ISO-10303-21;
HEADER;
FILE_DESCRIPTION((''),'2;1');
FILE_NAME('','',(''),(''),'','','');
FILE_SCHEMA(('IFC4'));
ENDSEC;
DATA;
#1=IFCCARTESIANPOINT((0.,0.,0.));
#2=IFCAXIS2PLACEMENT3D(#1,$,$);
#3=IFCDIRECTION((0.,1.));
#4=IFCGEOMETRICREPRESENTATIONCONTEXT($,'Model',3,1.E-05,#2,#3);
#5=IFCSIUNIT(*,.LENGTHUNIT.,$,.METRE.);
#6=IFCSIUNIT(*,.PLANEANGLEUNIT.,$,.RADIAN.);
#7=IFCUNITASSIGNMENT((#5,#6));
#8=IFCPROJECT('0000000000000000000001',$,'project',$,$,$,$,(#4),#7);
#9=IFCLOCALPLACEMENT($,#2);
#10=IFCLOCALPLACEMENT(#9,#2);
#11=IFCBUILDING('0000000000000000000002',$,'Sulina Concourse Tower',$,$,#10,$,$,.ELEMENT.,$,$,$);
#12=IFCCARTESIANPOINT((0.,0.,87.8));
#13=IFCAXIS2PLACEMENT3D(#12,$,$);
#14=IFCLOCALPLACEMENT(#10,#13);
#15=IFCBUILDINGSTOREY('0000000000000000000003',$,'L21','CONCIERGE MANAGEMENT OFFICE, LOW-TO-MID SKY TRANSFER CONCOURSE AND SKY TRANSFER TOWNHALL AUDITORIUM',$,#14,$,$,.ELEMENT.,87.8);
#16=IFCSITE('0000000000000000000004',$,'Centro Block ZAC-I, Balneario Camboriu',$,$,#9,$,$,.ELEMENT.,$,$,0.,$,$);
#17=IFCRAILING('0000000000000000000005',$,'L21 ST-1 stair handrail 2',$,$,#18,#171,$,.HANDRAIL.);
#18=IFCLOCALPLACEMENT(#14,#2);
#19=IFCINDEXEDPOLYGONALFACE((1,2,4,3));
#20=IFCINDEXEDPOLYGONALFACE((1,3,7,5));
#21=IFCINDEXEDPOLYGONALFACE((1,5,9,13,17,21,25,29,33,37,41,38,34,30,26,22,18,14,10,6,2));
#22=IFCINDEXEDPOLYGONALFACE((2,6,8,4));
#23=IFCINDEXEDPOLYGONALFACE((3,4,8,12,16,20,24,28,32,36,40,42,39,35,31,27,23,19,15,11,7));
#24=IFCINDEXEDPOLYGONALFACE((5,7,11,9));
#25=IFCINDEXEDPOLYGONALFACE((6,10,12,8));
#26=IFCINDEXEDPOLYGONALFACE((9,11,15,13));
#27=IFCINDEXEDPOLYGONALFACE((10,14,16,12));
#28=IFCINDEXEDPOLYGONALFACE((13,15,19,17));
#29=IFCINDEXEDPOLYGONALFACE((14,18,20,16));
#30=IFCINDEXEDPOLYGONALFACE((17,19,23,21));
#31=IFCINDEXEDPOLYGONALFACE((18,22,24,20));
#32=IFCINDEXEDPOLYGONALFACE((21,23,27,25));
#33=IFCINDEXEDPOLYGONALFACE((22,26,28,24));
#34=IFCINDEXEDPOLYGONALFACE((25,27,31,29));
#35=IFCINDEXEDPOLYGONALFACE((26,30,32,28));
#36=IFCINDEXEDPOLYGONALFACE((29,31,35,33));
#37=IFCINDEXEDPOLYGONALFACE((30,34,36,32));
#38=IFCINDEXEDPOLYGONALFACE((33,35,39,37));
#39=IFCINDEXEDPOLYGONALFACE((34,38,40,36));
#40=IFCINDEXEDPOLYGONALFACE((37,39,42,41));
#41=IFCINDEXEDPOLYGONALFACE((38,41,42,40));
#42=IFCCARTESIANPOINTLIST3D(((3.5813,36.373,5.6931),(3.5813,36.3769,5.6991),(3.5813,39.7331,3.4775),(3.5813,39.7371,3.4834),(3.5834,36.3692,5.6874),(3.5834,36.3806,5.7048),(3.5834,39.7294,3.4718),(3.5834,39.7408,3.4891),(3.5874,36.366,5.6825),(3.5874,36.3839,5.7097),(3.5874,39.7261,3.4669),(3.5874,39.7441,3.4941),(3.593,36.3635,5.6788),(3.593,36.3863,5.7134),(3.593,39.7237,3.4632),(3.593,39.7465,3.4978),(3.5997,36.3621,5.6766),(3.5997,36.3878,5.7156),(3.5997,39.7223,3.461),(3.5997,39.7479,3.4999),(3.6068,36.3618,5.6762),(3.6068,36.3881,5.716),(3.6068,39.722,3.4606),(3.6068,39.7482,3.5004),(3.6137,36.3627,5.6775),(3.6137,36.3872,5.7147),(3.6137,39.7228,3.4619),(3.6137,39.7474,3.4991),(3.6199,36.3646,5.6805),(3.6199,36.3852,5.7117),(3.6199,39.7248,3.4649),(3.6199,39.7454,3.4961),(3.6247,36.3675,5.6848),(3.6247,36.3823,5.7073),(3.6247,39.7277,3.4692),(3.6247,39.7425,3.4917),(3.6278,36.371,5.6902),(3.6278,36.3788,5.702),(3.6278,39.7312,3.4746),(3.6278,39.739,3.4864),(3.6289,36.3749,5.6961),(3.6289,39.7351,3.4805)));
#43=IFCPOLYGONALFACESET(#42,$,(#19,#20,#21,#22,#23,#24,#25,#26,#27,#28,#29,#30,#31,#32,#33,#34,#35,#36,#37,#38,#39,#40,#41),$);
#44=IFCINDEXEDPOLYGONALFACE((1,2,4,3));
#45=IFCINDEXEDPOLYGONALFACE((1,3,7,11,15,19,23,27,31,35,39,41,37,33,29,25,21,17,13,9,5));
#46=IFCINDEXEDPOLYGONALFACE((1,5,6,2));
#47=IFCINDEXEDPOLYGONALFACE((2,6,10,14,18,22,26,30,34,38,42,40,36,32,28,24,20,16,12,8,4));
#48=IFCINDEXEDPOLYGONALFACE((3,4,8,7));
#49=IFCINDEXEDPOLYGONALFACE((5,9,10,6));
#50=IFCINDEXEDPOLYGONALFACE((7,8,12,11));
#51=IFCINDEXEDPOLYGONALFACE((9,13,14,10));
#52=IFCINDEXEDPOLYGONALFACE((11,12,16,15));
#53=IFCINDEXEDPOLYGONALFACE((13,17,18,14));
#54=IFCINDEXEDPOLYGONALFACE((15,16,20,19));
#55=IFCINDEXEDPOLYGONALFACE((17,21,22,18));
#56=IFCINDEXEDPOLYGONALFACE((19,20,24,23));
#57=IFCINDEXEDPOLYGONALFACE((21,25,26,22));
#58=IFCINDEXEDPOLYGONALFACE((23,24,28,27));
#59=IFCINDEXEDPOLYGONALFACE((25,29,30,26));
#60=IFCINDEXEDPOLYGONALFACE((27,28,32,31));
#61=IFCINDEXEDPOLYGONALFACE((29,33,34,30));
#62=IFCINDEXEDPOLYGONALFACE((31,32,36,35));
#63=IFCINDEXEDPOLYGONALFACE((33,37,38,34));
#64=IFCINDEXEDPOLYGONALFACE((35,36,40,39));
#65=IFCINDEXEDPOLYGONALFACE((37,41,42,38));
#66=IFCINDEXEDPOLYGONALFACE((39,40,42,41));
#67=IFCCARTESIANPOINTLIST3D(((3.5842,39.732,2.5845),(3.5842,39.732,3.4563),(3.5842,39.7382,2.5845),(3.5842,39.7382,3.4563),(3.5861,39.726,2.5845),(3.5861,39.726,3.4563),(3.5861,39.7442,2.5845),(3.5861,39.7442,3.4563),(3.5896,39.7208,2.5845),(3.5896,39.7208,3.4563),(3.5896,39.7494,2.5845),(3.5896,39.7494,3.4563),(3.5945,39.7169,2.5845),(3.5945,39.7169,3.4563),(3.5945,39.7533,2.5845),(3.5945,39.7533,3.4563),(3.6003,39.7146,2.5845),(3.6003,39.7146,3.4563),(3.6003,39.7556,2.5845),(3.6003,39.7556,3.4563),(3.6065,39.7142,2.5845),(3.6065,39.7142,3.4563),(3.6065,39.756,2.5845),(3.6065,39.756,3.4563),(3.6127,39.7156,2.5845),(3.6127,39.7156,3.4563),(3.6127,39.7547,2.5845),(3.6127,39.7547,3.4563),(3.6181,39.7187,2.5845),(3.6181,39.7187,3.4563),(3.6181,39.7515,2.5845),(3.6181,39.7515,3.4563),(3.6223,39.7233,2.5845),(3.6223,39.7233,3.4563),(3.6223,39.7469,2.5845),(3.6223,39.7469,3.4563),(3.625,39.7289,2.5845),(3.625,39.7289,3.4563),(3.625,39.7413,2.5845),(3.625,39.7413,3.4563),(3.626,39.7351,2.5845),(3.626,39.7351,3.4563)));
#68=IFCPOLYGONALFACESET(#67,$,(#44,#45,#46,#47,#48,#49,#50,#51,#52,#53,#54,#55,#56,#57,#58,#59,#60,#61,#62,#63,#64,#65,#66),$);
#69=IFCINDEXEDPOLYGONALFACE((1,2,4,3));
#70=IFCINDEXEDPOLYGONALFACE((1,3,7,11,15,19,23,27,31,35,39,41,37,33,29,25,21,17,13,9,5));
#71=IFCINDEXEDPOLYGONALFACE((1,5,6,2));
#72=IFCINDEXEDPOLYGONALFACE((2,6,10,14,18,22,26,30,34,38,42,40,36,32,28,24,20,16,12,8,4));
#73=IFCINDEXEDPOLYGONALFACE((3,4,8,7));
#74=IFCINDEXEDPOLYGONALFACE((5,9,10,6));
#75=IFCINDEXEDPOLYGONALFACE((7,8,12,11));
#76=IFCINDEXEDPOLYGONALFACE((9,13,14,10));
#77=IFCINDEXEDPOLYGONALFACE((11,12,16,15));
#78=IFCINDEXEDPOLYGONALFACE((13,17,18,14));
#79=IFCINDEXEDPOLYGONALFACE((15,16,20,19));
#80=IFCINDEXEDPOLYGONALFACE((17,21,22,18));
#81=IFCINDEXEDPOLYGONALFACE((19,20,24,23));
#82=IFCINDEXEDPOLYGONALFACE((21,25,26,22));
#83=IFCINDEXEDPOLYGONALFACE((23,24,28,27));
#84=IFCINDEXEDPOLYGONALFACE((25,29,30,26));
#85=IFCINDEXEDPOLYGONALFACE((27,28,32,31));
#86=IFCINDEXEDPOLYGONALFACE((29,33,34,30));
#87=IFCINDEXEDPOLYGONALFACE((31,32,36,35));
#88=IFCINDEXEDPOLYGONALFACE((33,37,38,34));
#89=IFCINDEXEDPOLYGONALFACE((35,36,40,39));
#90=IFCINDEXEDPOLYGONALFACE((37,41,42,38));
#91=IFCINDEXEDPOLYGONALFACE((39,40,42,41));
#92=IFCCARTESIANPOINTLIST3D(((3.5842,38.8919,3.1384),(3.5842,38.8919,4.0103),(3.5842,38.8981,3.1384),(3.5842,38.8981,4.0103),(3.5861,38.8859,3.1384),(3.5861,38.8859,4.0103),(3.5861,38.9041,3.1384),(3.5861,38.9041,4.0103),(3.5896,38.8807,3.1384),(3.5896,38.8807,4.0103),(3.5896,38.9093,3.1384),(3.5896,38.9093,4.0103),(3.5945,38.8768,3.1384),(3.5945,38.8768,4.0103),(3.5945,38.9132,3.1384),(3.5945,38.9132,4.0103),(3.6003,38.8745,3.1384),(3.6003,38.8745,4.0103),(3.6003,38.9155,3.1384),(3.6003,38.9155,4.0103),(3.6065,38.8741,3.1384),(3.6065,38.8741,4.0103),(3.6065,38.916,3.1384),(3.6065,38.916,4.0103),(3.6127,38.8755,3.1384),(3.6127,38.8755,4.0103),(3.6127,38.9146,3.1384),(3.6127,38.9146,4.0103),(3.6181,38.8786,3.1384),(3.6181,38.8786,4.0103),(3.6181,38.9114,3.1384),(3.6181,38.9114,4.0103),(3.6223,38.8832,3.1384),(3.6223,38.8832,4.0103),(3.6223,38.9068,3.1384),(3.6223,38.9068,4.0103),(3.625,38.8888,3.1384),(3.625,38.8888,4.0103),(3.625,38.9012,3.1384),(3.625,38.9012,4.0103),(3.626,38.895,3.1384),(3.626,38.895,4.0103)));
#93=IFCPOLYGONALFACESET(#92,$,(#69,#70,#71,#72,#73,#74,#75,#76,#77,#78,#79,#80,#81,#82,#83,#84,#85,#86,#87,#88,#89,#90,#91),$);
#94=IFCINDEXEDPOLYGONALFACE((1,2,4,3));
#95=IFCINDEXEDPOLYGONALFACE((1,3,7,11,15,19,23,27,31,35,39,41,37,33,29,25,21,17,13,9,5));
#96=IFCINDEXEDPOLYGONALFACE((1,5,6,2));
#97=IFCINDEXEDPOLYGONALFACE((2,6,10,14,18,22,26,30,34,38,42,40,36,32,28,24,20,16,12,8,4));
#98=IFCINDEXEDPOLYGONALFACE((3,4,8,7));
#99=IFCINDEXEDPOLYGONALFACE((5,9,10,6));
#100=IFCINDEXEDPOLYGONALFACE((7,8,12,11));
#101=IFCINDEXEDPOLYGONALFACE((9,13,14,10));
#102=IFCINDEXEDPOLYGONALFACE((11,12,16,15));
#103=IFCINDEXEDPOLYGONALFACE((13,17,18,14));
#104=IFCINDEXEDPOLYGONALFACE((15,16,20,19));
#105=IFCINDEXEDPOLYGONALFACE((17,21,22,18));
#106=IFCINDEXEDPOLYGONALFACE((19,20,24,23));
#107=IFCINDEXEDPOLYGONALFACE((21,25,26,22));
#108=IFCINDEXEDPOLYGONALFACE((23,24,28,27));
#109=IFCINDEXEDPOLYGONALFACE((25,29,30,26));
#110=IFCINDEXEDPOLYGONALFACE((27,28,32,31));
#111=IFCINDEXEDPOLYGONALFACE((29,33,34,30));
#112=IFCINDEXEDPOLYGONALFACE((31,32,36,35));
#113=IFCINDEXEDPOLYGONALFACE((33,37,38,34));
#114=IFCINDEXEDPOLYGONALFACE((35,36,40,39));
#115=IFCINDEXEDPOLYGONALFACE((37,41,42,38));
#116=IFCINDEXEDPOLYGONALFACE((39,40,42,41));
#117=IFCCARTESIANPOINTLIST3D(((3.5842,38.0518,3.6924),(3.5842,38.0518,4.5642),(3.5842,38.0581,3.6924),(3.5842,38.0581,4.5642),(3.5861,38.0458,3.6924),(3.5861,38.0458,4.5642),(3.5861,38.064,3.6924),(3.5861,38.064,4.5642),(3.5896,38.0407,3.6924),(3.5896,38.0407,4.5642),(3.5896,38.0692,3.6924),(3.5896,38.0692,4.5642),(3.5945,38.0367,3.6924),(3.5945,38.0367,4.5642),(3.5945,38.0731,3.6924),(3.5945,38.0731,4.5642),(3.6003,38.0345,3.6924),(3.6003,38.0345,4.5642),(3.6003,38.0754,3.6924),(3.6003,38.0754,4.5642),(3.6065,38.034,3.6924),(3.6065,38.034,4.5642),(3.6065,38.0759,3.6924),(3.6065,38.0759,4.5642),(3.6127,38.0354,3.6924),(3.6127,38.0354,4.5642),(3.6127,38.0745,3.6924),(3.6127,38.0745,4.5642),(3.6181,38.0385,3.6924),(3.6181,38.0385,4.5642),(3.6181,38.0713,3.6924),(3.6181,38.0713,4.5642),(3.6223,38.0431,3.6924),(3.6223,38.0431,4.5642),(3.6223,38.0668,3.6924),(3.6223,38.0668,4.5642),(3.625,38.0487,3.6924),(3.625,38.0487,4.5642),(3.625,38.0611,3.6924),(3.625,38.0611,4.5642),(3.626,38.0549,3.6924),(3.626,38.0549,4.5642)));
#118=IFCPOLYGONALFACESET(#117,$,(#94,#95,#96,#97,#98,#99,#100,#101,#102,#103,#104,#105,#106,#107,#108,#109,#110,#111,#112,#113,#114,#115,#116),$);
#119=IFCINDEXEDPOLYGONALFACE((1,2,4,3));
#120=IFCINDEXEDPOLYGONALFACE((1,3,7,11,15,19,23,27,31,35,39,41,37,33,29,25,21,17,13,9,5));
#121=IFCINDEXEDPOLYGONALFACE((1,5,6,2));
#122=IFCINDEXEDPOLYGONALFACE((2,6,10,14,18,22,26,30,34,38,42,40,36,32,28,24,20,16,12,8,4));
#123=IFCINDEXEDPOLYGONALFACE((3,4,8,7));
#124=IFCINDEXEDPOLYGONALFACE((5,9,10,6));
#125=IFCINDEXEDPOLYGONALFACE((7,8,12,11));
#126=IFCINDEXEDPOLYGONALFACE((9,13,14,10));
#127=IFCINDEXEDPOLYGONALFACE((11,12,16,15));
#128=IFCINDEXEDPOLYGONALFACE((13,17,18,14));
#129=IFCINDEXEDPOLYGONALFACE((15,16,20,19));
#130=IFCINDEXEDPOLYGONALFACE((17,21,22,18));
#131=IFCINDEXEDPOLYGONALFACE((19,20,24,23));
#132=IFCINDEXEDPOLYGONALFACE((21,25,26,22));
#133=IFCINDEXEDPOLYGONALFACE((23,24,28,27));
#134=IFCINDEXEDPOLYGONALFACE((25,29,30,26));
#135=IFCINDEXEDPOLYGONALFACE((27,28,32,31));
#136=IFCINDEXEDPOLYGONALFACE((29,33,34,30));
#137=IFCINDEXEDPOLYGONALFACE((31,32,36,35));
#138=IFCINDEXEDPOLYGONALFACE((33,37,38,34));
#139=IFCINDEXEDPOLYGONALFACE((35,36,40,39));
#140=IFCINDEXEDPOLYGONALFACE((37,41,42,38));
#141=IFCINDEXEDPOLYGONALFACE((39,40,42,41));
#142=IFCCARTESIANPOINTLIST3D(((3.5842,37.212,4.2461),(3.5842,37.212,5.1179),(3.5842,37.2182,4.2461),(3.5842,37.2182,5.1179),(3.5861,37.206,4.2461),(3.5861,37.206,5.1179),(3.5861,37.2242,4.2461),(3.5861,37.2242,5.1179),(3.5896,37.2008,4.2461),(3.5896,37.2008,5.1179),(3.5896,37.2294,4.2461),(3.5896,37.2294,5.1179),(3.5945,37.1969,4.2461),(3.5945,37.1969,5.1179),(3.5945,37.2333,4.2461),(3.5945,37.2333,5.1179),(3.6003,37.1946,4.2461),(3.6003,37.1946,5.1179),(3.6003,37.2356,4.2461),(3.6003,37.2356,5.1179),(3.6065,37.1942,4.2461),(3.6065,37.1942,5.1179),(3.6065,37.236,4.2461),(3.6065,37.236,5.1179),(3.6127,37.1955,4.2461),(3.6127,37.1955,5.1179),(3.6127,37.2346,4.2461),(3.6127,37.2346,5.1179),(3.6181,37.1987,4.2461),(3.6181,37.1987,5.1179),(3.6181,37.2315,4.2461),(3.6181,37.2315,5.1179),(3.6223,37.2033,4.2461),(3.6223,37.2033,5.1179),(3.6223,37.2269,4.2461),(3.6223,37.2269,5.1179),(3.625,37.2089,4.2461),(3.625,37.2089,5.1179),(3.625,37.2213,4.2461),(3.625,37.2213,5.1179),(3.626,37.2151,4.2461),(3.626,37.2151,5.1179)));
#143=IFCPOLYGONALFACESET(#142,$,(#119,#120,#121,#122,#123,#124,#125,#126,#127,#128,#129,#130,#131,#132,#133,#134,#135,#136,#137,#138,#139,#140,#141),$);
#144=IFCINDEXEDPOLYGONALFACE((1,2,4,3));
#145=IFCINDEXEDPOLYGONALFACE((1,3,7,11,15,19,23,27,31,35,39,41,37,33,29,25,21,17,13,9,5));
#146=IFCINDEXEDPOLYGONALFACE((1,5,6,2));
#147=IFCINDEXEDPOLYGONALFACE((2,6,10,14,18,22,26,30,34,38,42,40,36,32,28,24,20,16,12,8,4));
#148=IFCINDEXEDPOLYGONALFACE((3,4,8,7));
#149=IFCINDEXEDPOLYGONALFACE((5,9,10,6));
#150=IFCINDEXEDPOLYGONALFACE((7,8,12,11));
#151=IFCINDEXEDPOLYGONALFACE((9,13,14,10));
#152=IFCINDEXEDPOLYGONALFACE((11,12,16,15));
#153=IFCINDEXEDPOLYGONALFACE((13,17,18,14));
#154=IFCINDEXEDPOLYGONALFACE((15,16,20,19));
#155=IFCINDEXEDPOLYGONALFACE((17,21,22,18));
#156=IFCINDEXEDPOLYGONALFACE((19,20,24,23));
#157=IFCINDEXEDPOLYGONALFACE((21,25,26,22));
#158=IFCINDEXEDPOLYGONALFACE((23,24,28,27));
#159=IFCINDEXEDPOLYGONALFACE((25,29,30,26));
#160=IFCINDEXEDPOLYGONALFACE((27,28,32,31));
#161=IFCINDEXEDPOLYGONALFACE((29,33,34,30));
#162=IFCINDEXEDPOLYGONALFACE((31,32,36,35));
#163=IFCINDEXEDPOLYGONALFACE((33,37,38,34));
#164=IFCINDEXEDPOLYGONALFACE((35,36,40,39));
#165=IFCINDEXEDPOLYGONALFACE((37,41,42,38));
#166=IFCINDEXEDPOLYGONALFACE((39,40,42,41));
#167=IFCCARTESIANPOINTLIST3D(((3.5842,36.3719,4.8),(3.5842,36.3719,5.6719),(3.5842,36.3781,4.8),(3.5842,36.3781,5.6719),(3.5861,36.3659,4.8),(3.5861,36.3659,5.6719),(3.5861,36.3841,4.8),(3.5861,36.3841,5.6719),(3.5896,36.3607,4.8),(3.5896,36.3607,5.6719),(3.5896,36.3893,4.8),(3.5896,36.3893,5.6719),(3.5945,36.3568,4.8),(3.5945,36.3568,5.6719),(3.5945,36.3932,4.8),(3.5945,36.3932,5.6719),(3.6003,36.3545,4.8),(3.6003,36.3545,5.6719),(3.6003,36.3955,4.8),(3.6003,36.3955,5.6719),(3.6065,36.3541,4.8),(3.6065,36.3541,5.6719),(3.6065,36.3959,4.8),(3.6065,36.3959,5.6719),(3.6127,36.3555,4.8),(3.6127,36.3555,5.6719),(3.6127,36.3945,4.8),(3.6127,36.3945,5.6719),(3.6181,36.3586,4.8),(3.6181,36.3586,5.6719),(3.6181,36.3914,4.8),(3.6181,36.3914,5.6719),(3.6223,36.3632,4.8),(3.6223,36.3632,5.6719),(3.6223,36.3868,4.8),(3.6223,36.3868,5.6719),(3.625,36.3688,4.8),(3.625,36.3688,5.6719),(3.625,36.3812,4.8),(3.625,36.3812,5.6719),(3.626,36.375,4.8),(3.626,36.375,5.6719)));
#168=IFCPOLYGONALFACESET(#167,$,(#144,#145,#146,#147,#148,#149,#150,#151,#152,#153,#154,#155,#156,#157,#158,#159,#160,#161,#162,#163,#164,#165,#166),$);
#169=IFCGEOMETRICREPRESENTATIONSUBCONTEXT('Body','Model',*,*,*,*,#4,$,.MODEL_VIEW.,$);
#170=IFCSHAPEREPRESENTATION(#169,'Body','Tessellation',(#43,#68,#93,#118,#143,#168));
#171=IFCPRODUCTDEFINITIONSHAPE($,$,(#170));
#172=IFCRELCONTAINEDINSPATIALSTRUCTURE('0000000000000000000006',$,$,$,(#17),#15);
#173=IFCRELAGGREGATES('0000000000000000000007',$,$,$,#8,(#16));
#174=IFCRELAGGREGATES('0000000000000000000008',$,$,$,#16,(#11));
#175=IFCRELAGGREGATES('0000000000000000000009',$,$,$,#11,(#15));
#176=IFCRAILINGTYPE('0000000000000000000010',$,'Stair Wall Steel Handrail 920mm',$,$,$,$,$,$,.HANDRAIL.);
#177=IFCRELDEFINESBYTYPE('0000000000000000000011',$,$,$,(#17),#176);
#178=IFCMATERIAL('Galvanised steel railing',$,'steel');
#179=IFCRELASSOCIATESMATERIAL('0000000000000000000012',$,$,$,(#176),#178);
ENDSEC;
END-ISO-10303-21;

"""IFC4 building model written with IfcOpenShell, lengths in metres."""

from ifc_helpers import new_model, si_unit, direction, frame, origin, origin_2d, place, context, subcontext, project, spatial, circle, extrude, material, type_object, element, save


model = new_model("IFC4")

# Units and contexts
model_context = context("Model", 3, precision=1e-05, world=origin(), true_north=direction((0.0, 1.0)))
body_context = subcontext(model_context, "Body", "Model", "MODEL_VIEW")
ifc_project = project(units=[si_unit("LENGTHUNIT", "METRE"), si_unit("PLANEANGLEUNIT", "RADIAN")], contexts=[model_context])

# Site, building, storey
site_placement = place(None, origin())
site = spatial("IfcSite", under=ifc_project, at=site_placement, Name="Centro Block ZAC-I, Balneario Camboriu", CompositionType="ELEMENT", RefElevation=0.0)
building_placement = place(site_placement, origin())
building = spatial("IfcBuilding", under=site, at=building_placement, Name="Sulina Concourse Tower", CompositionType="ELEMENT")
storey_placement = place(building_placement, frame((0.0, 0.0, 87.8)))
storey = spatial("IfcBuildingStorey", under=building, at=storey_placement, Name="L21", Description="CONCIERGE MANAGEMENT OFFICE, LOW-TO-MID SKY TRANSFER CONCOURSE AND SKY TRANSFER TOWNHALL AUDITORIUM", CompositionType="ELEMENT", Elevation=87.8)

# Railing
ifc_material_1 = material(Name="Galvanised steel railing", Category="steel")
railing_type_1 = type_object("IfcRailingType", Name="Stair Wall Steel Handrail 920mm", PredefinedType="HANDRAIL", material=ifc_material_1)
railing_1_placement = place(storey_placement, frame((3.605, 39.7351, 2.5845)))
element("IfcRailing", 1, at=railing_1_placement, inside=storey, type_object=railing_type_1, Name="L21 ST-1 stair handrail 2", PredefinedType="HANDRAIL", context=body_context, shape_type="SweptSolid", body=[
    extrude(circle(Radius=0.0239, at=origin_2d()), frame((0.0, 0.0, 0.896), z_axis=(0.0, -0.834849, 0.55048), x_axis=(1.0, 0.0, 0.0)), (0.0, 0.0, 1.0), 4.0249),
    extrude(circle(Radius=0.021, at=origin_2d()), origin(), (0.0, 0.0, 1.0), 0.8718),
    extrude(circle(Radius=0.021, at=origin_2d()), frame((0.0, -0.8401, 0.554)), (0.0, 0.0, 1.0), 0.8718),
    extrude(circle(Radius=0.021, at=origin_2d()), frame((0.0, -1.6802, 1.1079)), (0.0, 0.0, 1.0), 0.8718),
    extrude(circle(Radius=0.021, at=origin_2d()), frame((0.0, -2.52, 1.6616)), (0.0, 0.0, 1.0), 0.8718),
    extrude(circle(Radius=0.021, at=origin_2d()), frame((0.0, -3.3601, 2.2156)), (0.0, 0.0, 1.0), 0.8718),
])

save(model, "model.ifc")
